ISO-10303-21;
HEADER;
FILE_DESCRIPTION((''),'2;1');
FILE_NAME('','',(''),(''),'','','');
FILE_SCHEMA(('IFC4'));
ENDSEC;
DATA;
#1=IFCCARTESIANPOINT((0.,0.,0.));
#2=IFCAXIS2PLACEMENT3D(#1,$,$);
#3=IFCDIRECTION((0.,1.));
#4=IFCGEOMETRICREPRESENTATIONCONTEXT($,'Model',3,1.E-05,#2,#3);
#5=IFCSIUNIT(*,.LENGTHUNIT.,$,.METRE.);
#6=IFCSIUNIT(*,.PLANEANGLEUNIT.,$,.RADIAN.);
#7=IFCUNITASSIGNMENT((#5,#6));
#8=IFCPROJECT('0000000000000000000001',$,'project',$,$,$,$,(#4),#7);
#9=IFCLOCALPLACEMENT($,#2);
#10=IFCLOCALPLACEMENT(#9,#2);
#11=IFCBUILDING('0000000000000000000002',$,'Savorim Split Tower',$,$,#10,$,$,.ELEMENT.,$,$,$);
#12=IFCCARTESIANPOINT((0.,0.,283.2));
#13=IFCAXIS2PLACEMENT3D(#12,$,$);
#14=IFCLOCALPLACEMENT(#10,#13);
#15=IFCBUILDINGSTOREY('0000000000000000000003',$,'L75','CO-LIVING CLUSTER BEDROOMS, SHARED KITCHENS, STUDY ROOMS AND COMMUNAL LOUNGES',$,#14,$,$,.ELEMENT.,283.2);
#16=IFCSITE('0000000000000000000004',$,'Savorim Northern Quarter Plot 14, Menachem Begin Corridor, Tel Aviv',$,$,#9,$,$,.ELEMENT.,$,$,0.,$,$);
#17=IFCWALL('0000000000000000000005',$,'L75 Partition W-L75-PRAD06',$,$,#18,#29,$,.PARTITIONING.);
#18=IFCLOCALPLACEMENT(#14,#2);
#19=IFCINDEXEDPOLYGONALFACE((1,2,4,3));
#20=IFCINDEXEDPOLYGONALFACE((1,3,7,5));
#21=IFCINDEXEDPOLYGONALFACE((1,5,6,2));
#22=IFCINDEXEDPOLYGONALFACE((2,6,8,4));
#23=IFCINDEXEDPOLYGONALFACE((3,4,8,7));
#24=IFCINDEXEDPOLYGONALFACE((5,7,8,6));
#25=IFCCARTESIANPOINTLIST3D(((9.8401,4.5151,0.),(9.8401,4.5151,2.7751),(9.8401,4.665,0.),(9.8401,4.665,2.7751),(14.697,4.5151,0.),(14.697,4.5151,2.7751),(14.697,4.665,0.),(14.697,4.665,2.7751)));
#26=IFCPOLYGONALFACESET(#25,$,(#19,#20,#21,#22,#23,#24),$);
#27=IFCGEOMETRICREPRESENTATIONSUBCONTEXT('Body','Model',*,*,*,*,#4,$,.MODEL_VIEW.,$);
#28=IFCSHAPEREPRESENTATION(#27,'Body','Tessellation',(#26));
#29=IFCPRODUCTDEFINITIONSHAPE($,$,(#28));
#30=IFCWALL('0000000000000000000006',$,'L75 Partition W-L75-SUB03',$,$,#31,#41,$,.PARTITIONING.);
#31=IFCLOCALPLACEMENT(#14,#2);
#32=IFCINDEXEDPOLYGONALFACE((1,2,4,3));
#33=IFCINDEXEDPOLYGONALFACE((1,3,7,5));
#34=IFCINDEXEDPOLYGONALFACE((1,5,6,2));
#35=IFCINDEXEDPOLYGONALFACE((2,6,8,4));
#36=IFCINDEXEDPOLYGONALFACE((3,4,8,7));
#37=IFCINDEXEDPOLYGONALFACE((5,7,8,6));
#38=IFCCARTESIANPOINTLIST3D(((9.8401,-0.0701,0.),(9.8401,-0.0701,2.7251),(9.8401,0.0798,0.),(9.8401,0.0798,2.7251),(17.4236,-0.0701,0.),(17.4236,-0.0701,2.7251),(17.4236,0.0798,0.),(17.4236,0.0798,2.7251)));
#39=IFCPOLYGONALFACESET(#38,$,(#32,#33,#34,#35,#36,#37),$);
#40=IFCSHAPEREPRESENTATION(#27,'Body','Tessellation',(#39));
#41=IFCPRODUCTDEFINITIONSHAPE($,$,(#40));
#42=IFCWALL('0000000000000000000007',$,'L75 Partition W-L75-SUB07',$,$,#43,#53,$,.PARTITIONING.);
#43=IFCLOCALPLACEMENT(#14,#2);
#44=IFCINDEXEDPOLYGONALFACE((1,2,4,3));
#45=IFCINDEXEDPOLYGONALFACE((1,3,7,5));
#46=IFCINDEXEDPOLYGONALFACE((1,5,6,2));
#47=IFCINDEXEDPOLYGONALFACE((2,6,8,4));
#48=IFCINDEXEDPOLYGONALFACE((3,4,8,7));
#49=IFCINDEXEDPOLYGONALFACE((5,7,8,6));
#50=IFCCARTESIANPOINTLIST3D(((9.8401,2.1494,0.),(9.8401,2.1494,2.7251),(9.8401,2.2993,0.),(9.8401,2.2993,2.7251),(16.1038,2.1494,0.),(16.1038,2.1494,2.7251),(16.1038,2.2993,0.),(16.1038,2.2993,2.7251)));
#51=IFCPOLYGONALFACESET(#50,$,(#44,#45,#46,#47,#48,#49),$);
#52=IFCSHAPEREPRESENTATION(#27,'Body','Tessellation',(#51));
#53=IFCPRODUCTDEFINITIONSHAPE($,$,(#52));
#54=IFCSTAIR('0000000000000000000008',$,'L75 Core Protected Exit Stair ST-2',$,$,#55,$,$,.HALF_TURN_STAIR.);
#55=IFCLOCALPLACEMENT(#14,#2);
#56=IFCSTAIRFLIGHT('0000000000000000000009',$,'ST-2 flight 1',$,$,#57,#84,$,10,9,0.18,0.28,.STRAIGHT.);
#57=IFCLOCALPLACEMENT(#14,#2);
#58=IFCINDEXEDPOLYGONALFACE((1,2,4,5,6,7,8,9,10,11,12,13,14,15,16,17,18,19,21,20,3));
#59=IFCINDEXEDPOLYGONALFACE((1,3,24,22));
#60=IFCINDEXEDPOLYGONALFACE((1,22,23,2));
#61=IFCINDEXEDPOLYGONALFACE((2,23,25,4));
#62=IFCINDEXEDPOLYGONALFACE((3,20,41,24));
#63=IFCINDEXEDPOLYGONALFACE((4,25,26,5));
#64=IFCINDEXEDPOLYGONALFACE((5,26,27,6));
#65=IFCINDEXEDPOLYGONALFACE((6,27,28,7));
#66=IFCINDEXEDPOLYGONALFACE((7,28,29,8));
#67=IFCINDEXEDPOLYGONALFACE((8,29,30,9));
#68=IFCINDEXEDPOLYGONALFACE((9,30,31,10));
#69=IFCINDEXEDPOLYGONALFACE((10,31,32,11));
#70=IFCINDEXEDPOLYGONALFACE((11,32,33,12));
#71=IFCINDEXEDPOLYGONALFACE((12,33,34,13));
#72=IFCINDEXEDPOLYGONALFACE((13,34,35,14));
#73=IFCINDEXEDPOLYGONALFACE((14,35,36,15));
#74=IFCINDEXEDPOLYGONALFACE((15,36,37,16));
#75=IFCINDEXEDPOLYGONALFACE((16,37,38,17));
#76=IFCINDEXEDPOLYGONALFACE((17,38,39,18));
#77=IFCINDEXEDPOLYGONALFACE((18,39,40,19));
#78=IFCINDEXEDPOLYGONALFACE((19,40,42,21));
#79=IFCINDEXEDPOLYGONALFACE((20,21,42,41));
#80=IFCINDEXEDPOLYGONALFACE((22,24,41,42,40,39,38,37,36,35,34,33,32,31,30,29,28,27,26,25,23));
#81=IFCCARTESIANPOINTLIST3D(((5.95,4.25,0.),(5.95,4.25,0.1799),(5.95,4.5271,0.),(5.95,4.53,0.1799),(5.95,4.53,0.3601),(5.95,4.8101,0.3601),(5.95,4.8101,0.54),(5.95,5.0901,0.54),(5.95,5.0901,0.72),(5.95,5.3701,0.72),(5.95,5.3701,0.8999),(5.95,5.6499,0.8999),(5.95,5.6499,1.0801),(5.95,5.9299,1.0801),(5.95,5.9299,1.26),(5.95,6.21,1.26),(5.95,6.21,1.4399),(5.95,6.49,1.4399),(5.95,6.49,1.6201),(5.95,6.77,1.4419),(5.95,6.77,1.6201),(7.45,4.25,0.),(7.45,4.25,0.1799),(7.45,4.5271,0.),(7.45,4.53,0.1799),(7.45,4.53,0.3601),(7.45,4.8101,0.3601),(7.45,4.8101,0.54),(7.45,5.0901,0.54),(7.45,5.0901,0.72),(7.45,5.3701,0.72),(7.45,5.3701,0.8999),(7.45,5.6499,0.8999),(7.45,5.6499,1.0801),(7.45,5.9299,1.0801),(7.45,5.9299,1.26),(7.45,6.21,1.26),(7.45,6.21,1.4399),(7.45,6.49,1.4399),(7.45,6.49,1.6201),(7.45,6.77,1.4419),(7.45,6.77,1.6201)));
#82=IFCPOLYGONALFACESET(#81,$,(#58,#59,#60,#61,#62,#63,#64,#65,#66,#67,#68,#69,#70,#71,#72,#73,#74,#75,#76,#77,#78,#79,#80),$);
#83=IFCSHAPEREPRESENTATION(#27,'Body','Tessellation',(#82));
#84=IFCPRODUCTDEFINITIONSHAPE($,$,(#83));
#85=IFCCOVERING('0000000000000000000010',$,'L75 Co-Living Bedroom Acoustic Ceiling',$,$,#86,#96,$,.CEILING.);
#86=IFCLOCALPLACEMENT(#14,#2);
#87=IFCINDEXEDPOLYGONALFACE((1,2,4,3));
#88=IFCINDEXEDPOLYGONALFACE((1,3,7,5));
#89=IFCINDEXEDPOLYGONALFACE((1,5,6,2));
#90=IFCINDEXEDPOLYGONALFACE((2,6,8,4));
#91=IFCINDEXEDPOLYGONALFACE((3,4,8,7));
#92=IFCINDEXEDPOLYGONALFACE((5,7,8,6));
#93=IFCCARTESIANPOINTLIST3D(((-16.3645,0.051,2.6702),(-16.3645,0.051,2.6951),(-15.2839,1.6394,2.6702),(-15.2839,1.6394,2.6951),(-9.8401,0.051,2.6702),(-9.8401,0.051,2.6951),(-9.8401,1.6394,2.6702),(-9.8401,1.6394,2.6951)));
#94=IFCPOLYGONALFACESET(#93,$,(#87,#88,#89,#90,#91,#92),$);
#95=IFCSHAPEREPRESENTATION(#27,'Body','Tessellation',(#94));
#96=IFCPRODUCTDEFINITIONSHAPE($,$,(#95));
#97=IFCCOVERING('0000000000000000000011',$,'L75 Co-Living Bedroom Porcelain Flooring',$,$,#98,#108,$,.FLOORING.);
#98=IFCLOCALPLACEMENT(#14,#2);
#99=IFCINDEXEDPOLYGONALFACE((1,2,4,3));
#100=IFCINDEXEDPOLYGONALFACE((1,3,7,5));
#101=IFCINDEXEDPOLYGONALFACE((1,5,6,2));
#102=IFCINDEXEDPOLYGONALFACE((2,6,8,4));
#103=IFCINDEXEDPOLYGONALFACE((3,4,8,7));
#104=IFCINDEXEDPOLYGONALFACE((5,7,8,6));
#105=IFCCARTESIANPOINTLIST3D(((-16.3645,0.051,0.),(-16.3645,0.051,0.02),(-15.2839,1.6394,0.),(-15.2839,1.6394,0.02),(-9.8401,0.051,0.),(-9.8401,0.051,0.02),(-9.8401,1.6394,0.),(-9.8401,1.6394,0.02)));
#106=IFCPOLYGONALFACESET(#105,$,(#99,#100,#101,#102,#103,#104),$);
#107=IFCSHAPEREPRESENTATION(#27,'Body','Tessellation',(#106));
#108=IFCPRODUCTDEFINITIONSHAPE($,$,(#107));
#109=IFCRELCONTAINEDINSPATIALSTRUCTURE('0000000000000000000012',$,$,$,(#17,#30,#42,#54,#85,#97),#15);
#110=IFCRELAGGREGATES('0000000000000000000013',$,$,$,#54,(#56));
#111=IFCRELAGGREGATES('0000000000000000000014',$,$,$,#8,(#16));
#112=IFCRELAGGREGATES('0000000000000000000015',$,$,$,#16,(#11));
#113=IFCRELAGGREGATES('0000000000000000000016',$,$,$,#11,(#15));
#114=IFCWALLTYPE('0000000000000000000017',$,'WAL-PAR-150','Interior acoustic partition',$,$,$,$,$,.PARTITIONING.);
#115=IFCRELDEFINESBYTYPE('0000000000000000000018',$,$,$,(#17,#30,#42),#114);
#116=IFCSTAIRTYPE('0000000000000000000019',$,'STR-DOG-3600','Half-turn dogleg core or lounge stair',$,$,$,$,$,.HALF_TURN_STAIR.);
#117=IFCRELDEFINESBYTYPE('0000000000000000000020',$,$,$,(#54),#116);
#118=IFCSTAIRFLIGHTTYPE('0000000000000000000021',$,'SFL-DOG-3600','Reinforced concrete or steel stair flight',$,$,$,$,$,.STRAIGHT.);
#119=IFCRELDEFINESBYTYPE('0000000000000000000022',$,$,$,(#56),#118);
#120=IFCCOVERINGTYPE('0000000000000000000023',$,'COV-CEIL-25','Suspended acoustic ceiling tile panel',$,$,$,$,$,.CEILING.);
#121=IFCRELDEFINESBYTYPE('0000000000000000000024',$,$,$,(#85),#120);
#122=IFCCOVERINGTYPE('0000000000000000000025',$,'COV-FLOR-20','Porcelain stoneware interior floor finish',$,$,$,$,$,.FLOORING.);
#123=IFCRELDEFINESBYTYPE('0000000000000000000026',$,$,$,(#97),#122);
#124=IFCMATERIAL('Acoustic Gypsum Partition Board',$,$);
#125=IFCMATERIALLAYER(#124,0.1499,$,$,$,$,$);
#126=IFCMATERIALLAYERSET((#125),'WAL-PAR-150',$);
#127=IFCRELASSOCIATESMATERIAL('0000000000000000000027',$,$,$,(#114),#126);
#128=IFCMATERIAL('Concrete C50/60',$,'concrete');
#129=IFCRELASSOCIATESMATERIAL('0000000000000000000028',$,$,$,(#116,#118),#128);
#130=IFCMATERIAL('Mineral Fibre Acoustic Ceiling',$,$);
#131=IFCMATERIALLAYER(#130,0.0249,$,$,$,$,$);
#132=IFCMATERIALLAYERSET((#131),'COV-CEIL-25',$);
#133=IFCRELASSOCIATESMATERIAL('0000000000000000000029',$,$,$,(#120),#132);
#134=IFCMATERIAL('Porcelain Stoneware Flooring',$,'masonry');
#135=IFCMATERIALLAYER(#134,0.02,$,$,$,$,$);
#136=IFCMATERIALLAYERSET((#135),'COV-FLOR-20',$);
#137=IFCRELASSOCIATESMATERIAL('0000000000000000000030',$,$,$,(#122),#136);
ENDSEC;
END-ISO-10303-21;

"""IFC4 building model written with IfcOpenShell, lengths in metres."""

from ifc_helpers import new_model, si_unit, direction, frame, frame_2d, origin, place, context, subcontext, project, spatial, polyline, rectangle, outline, extrude, material, layer, layer_set, type_object, element, aggregate, save


model = new_model("IFC4")

# Units and contexts
model_context = context("Model", 3, precision=1e-05, world=origin(), true_north=direction((0.0, 1.0)))
body_context = subcontext(model_context, "Body", "Model", "MODEL_VIEW")
ifc_project = project(units=[si_unit("LENGTHUNIT", "METRE"), si_unit("PLANEANGLEUNIT", "RADIAN")], contexts=[model_context])

# Site, building, storey
site_placement = place(None, origin())
site = spatial("IfcSite", under=ifc_project, at=site_placement, Name="Savorim Northern Quarter Plot 14, Menachem Begin Corridor, Tel Aviv", CompositionType="ELEMENT", RefElevation=0.0)
building_placement = place(site_placement, origin())
building = spatial("IfcBuilding", under=site, at=building_placement, Name="Savorim Split Tower", CompositionType="ELEMENT")
storey_placement = place(building_placement, frame((0.0, 0.0, 283.2)))
storey = spatial("IfcBuildingStorey", under=building, at=storey_placement, Name="L75", Description="CO-LIVING CLUSTER BEDROOMS, SHARED KITCHENS, STUDY ROOMS AND COMMUNAL LOUNGES", CompositionType="ELEMENT", Elevation=283.2)

# Shared definitions
ifc_material_1 = material(Name="Concrete C50/60", Category="concrete")

# Walls
ifc_material_2 = material(Name="Acoustic Gypsum Partition Board")
ifc_layer_1 = layer(ifc_material_2, 0.1499)
ifc_layer_set_1 = layer_set([ifc_layer_1], Name="WAL-PAR-150")
wall_type_1 = type_object("IfcWallType", Name="WAL-PAR-150", Description="Interior acoustic partition", PredefinedType="PARTITIONING", material=ifc_layer_set_1)
wall_1_placement = place(storey_placement, frame((9.8401, 4.5901, 0.0), z_axis=(0.0, 0.0, 1.0), x_axis=(1.0, 0.0, 0.0)))
element("IfcWall", 1, at=wall_1_placement, inside=storey, type_object=wall_type_1, Name="L75 Partition W-L75-PRAD06", PredefinedType="PARTITIONING", context=body_context, shape_type="SweptSolid", body=[
    extrude(rectangle(XDim=4.8569, YDim=0.1499, at=frame_2d((2.4285, 0.0))), origin(), (0.0, 0.0, 1.0), 2.7751),
])
wall_2_placement = place(storey_placement, frame((9.8401, 0.0049, 0.0), z_axis=(0.0, 0.0, 1.0), x_axis=(1.0, 0.0, 0.0)))
element("IfcWall", 2, at=wall_2_placement, inside=storey, type_object=wall_type_1, Name="L75 Partition W-L75-SUB03", PredefinedType="PARTITIONING", context=body_context, shape_type="SweptSolid", body=[
    extrude(rectangle(XDim=7.5835, YDim=0.1499, at=frame_2d((3.7917, 0.0))), origin(), (0.0, 0.0, 1.0), 2.7251),
])
wall_3_placement = place(storey_placement, frame((9.8401, 2.2244, 0.0), z_axis=(0.0, 0.0, 1.0), x_axis=(1.0, 0.0, 0.0)))
element("IfcWall", 3, at=wall_3_placement, inside=storey, type_object=wall_type_1, Name="L75 Partition W-L75-SUB07", PredefinedType="PARTITIONING", context=body_context, shape_type="SweptSolid", body=[
    extrude(rectangle(XDim=6.2637, YDim=0.1499, at=frame_2d((3.1318, 0.0))), origin(), (0.0, 0.0, 1.0), 2.7251),
])

# Stair, stair flight
stair_type = type_object("IfcStairType", Name="STR-DOG-3600", Description="Half-turn dogleg core or lounge stair", PredefinedType="HALF_TURN_STAIR", material=ifc_material_1)
stair_placement = place(storey_placement, origin())
stair = element("IfcStair", 4, at=stair_placement, inside=storey, type_object=stair_type, Name="L75 Core Protected Exit Stair ST-2", PredefinedType="HALF_TURN_STAIR")
stair_flight_type = type_object("IfcStairFlightType", Name="SFL-DOG-3600", Description="Reinforced concrete or steel stair flight", PredefinedType="STRAIGHT", material=ifc_material_1)
stair_flight_placement = place(storey_placement, frame((6.7, 4.25, 0.0), z_axis=(0.0, 0.0, 1.0), x_axis=(0.0, 1.0, 0.0)))
stair_flight = element("IfcStairFlight", 5, at=stair_flight_placement, type_object=stair_flight_type, Name="ST-2 flight 1", NumberOfRisers=10, NumberOfTreads=9, PredefinedType="STRAIGHT", RiserHeight=0.18, TreadLength=0.28, context=body_context, shape_type="SweptSolid", body=[
    extrude(outline(polyline([(0.0, 0.0), (0.0, 0.1799), (0.28, 0.1799), (0.28, 0.3601), (0.5601, 0.3601), (0.5601, 0.54), (0.8401, 0.54), (0.8401, 0.72), (1.1201, 0.72), (1.1201, 0.8999), (1.3999, 0.8999), (1.3999, 1.0801), (1.6799, 1.0801), (1.6799, 1.26), (1.96, 1.26), (1.96, 1.4399), (2.24, 1.4399), (2.24, 1.6201), (2.52, 1.6201), (2.52, 1.8), (2.52, 1.4419), (0.2771, 0.0), (0.0, 0.0)])), frame((0.0, 0.75, 0.0), z_axis=(0.0, -1.0, 0.0), x_axis=(1.0, 0.0, 0.0)), (0.0, 0.0, 1.0), 1.5),
])
aggregate(stair, [stair_flight])

# Coverings
ifc_material_3 = material(Name="Mineral Fibre Acoustic Ceiling")
ifc_layer_2 = layer(ifc_material_3, 0.0249)
ifc_layer_set_2 = layer_set([ifc_layer_2], Name="COV-CEIL-25")
covering_type_1 = type_object("IfcCoveringType", Name="COV-CEIL-25", Description="Suspended acoustic ceiling tile panel", PredefinedType="CEILING", material=ifc_layer_set_2)
covering_1_placement = place(storey_placement, frame((0.0, 0.0, 2.6702)))
element("IfcCovering", 6, at=covering_1_placement, inside=storey, type_object=covering_type_1, Name="L75 Co-Living Bedroom Acoustic Ceiling", PredefinedType="CEILING", context=body_context, shape_type="SweptSolid", body=[
    extrude(outline(polyline([(-15.2839, 1.6394), (-16.3645, 0.051), (-9.8401, 0.051), (-9.8401, 1.6394), (-15.2839, 1.6394)])), origin(), (0.0, 0.0, 1.0), 0.0249),
])
ifc_material_4 = material(Name="Porcelain Stoneware Flooring", Category="masonry")
ifc_layer_3 = layer(ifc_material_4, 0.02)
ifc_layer_set_3 = layer_set([ifc_layer_3], Name="COV-FLOR-20")
covering_type_2 = type_object("IfcCoveringType", Name="COV-FLOR-20", Description="Porcelain stoneware interior floor finish", PredefinedType="FLOORING", material=ifc_layer_set_3)
covering_2_placement = place(storey_placement, origin())
element("IfcCovering", 7, at=covering_2_placement, inside=storey, type_object=covering_type_2, Name="L75 Co-Living Bedroom Porcelain Flooring", PredefinedType="FLOORING", context=body_context, shape_type="SweptSolid", body=[
    extrude(outline(polyline([(-15.2839, 1.6394), (-16.3645, 0.051), (-9.8401, 0.051), (-9.8401, 1.6394), (-15.2839, 1.6394)])), origin(), (0.0, 0.0, 1.0), 0.02),
])

save(model, "model.ifc")
